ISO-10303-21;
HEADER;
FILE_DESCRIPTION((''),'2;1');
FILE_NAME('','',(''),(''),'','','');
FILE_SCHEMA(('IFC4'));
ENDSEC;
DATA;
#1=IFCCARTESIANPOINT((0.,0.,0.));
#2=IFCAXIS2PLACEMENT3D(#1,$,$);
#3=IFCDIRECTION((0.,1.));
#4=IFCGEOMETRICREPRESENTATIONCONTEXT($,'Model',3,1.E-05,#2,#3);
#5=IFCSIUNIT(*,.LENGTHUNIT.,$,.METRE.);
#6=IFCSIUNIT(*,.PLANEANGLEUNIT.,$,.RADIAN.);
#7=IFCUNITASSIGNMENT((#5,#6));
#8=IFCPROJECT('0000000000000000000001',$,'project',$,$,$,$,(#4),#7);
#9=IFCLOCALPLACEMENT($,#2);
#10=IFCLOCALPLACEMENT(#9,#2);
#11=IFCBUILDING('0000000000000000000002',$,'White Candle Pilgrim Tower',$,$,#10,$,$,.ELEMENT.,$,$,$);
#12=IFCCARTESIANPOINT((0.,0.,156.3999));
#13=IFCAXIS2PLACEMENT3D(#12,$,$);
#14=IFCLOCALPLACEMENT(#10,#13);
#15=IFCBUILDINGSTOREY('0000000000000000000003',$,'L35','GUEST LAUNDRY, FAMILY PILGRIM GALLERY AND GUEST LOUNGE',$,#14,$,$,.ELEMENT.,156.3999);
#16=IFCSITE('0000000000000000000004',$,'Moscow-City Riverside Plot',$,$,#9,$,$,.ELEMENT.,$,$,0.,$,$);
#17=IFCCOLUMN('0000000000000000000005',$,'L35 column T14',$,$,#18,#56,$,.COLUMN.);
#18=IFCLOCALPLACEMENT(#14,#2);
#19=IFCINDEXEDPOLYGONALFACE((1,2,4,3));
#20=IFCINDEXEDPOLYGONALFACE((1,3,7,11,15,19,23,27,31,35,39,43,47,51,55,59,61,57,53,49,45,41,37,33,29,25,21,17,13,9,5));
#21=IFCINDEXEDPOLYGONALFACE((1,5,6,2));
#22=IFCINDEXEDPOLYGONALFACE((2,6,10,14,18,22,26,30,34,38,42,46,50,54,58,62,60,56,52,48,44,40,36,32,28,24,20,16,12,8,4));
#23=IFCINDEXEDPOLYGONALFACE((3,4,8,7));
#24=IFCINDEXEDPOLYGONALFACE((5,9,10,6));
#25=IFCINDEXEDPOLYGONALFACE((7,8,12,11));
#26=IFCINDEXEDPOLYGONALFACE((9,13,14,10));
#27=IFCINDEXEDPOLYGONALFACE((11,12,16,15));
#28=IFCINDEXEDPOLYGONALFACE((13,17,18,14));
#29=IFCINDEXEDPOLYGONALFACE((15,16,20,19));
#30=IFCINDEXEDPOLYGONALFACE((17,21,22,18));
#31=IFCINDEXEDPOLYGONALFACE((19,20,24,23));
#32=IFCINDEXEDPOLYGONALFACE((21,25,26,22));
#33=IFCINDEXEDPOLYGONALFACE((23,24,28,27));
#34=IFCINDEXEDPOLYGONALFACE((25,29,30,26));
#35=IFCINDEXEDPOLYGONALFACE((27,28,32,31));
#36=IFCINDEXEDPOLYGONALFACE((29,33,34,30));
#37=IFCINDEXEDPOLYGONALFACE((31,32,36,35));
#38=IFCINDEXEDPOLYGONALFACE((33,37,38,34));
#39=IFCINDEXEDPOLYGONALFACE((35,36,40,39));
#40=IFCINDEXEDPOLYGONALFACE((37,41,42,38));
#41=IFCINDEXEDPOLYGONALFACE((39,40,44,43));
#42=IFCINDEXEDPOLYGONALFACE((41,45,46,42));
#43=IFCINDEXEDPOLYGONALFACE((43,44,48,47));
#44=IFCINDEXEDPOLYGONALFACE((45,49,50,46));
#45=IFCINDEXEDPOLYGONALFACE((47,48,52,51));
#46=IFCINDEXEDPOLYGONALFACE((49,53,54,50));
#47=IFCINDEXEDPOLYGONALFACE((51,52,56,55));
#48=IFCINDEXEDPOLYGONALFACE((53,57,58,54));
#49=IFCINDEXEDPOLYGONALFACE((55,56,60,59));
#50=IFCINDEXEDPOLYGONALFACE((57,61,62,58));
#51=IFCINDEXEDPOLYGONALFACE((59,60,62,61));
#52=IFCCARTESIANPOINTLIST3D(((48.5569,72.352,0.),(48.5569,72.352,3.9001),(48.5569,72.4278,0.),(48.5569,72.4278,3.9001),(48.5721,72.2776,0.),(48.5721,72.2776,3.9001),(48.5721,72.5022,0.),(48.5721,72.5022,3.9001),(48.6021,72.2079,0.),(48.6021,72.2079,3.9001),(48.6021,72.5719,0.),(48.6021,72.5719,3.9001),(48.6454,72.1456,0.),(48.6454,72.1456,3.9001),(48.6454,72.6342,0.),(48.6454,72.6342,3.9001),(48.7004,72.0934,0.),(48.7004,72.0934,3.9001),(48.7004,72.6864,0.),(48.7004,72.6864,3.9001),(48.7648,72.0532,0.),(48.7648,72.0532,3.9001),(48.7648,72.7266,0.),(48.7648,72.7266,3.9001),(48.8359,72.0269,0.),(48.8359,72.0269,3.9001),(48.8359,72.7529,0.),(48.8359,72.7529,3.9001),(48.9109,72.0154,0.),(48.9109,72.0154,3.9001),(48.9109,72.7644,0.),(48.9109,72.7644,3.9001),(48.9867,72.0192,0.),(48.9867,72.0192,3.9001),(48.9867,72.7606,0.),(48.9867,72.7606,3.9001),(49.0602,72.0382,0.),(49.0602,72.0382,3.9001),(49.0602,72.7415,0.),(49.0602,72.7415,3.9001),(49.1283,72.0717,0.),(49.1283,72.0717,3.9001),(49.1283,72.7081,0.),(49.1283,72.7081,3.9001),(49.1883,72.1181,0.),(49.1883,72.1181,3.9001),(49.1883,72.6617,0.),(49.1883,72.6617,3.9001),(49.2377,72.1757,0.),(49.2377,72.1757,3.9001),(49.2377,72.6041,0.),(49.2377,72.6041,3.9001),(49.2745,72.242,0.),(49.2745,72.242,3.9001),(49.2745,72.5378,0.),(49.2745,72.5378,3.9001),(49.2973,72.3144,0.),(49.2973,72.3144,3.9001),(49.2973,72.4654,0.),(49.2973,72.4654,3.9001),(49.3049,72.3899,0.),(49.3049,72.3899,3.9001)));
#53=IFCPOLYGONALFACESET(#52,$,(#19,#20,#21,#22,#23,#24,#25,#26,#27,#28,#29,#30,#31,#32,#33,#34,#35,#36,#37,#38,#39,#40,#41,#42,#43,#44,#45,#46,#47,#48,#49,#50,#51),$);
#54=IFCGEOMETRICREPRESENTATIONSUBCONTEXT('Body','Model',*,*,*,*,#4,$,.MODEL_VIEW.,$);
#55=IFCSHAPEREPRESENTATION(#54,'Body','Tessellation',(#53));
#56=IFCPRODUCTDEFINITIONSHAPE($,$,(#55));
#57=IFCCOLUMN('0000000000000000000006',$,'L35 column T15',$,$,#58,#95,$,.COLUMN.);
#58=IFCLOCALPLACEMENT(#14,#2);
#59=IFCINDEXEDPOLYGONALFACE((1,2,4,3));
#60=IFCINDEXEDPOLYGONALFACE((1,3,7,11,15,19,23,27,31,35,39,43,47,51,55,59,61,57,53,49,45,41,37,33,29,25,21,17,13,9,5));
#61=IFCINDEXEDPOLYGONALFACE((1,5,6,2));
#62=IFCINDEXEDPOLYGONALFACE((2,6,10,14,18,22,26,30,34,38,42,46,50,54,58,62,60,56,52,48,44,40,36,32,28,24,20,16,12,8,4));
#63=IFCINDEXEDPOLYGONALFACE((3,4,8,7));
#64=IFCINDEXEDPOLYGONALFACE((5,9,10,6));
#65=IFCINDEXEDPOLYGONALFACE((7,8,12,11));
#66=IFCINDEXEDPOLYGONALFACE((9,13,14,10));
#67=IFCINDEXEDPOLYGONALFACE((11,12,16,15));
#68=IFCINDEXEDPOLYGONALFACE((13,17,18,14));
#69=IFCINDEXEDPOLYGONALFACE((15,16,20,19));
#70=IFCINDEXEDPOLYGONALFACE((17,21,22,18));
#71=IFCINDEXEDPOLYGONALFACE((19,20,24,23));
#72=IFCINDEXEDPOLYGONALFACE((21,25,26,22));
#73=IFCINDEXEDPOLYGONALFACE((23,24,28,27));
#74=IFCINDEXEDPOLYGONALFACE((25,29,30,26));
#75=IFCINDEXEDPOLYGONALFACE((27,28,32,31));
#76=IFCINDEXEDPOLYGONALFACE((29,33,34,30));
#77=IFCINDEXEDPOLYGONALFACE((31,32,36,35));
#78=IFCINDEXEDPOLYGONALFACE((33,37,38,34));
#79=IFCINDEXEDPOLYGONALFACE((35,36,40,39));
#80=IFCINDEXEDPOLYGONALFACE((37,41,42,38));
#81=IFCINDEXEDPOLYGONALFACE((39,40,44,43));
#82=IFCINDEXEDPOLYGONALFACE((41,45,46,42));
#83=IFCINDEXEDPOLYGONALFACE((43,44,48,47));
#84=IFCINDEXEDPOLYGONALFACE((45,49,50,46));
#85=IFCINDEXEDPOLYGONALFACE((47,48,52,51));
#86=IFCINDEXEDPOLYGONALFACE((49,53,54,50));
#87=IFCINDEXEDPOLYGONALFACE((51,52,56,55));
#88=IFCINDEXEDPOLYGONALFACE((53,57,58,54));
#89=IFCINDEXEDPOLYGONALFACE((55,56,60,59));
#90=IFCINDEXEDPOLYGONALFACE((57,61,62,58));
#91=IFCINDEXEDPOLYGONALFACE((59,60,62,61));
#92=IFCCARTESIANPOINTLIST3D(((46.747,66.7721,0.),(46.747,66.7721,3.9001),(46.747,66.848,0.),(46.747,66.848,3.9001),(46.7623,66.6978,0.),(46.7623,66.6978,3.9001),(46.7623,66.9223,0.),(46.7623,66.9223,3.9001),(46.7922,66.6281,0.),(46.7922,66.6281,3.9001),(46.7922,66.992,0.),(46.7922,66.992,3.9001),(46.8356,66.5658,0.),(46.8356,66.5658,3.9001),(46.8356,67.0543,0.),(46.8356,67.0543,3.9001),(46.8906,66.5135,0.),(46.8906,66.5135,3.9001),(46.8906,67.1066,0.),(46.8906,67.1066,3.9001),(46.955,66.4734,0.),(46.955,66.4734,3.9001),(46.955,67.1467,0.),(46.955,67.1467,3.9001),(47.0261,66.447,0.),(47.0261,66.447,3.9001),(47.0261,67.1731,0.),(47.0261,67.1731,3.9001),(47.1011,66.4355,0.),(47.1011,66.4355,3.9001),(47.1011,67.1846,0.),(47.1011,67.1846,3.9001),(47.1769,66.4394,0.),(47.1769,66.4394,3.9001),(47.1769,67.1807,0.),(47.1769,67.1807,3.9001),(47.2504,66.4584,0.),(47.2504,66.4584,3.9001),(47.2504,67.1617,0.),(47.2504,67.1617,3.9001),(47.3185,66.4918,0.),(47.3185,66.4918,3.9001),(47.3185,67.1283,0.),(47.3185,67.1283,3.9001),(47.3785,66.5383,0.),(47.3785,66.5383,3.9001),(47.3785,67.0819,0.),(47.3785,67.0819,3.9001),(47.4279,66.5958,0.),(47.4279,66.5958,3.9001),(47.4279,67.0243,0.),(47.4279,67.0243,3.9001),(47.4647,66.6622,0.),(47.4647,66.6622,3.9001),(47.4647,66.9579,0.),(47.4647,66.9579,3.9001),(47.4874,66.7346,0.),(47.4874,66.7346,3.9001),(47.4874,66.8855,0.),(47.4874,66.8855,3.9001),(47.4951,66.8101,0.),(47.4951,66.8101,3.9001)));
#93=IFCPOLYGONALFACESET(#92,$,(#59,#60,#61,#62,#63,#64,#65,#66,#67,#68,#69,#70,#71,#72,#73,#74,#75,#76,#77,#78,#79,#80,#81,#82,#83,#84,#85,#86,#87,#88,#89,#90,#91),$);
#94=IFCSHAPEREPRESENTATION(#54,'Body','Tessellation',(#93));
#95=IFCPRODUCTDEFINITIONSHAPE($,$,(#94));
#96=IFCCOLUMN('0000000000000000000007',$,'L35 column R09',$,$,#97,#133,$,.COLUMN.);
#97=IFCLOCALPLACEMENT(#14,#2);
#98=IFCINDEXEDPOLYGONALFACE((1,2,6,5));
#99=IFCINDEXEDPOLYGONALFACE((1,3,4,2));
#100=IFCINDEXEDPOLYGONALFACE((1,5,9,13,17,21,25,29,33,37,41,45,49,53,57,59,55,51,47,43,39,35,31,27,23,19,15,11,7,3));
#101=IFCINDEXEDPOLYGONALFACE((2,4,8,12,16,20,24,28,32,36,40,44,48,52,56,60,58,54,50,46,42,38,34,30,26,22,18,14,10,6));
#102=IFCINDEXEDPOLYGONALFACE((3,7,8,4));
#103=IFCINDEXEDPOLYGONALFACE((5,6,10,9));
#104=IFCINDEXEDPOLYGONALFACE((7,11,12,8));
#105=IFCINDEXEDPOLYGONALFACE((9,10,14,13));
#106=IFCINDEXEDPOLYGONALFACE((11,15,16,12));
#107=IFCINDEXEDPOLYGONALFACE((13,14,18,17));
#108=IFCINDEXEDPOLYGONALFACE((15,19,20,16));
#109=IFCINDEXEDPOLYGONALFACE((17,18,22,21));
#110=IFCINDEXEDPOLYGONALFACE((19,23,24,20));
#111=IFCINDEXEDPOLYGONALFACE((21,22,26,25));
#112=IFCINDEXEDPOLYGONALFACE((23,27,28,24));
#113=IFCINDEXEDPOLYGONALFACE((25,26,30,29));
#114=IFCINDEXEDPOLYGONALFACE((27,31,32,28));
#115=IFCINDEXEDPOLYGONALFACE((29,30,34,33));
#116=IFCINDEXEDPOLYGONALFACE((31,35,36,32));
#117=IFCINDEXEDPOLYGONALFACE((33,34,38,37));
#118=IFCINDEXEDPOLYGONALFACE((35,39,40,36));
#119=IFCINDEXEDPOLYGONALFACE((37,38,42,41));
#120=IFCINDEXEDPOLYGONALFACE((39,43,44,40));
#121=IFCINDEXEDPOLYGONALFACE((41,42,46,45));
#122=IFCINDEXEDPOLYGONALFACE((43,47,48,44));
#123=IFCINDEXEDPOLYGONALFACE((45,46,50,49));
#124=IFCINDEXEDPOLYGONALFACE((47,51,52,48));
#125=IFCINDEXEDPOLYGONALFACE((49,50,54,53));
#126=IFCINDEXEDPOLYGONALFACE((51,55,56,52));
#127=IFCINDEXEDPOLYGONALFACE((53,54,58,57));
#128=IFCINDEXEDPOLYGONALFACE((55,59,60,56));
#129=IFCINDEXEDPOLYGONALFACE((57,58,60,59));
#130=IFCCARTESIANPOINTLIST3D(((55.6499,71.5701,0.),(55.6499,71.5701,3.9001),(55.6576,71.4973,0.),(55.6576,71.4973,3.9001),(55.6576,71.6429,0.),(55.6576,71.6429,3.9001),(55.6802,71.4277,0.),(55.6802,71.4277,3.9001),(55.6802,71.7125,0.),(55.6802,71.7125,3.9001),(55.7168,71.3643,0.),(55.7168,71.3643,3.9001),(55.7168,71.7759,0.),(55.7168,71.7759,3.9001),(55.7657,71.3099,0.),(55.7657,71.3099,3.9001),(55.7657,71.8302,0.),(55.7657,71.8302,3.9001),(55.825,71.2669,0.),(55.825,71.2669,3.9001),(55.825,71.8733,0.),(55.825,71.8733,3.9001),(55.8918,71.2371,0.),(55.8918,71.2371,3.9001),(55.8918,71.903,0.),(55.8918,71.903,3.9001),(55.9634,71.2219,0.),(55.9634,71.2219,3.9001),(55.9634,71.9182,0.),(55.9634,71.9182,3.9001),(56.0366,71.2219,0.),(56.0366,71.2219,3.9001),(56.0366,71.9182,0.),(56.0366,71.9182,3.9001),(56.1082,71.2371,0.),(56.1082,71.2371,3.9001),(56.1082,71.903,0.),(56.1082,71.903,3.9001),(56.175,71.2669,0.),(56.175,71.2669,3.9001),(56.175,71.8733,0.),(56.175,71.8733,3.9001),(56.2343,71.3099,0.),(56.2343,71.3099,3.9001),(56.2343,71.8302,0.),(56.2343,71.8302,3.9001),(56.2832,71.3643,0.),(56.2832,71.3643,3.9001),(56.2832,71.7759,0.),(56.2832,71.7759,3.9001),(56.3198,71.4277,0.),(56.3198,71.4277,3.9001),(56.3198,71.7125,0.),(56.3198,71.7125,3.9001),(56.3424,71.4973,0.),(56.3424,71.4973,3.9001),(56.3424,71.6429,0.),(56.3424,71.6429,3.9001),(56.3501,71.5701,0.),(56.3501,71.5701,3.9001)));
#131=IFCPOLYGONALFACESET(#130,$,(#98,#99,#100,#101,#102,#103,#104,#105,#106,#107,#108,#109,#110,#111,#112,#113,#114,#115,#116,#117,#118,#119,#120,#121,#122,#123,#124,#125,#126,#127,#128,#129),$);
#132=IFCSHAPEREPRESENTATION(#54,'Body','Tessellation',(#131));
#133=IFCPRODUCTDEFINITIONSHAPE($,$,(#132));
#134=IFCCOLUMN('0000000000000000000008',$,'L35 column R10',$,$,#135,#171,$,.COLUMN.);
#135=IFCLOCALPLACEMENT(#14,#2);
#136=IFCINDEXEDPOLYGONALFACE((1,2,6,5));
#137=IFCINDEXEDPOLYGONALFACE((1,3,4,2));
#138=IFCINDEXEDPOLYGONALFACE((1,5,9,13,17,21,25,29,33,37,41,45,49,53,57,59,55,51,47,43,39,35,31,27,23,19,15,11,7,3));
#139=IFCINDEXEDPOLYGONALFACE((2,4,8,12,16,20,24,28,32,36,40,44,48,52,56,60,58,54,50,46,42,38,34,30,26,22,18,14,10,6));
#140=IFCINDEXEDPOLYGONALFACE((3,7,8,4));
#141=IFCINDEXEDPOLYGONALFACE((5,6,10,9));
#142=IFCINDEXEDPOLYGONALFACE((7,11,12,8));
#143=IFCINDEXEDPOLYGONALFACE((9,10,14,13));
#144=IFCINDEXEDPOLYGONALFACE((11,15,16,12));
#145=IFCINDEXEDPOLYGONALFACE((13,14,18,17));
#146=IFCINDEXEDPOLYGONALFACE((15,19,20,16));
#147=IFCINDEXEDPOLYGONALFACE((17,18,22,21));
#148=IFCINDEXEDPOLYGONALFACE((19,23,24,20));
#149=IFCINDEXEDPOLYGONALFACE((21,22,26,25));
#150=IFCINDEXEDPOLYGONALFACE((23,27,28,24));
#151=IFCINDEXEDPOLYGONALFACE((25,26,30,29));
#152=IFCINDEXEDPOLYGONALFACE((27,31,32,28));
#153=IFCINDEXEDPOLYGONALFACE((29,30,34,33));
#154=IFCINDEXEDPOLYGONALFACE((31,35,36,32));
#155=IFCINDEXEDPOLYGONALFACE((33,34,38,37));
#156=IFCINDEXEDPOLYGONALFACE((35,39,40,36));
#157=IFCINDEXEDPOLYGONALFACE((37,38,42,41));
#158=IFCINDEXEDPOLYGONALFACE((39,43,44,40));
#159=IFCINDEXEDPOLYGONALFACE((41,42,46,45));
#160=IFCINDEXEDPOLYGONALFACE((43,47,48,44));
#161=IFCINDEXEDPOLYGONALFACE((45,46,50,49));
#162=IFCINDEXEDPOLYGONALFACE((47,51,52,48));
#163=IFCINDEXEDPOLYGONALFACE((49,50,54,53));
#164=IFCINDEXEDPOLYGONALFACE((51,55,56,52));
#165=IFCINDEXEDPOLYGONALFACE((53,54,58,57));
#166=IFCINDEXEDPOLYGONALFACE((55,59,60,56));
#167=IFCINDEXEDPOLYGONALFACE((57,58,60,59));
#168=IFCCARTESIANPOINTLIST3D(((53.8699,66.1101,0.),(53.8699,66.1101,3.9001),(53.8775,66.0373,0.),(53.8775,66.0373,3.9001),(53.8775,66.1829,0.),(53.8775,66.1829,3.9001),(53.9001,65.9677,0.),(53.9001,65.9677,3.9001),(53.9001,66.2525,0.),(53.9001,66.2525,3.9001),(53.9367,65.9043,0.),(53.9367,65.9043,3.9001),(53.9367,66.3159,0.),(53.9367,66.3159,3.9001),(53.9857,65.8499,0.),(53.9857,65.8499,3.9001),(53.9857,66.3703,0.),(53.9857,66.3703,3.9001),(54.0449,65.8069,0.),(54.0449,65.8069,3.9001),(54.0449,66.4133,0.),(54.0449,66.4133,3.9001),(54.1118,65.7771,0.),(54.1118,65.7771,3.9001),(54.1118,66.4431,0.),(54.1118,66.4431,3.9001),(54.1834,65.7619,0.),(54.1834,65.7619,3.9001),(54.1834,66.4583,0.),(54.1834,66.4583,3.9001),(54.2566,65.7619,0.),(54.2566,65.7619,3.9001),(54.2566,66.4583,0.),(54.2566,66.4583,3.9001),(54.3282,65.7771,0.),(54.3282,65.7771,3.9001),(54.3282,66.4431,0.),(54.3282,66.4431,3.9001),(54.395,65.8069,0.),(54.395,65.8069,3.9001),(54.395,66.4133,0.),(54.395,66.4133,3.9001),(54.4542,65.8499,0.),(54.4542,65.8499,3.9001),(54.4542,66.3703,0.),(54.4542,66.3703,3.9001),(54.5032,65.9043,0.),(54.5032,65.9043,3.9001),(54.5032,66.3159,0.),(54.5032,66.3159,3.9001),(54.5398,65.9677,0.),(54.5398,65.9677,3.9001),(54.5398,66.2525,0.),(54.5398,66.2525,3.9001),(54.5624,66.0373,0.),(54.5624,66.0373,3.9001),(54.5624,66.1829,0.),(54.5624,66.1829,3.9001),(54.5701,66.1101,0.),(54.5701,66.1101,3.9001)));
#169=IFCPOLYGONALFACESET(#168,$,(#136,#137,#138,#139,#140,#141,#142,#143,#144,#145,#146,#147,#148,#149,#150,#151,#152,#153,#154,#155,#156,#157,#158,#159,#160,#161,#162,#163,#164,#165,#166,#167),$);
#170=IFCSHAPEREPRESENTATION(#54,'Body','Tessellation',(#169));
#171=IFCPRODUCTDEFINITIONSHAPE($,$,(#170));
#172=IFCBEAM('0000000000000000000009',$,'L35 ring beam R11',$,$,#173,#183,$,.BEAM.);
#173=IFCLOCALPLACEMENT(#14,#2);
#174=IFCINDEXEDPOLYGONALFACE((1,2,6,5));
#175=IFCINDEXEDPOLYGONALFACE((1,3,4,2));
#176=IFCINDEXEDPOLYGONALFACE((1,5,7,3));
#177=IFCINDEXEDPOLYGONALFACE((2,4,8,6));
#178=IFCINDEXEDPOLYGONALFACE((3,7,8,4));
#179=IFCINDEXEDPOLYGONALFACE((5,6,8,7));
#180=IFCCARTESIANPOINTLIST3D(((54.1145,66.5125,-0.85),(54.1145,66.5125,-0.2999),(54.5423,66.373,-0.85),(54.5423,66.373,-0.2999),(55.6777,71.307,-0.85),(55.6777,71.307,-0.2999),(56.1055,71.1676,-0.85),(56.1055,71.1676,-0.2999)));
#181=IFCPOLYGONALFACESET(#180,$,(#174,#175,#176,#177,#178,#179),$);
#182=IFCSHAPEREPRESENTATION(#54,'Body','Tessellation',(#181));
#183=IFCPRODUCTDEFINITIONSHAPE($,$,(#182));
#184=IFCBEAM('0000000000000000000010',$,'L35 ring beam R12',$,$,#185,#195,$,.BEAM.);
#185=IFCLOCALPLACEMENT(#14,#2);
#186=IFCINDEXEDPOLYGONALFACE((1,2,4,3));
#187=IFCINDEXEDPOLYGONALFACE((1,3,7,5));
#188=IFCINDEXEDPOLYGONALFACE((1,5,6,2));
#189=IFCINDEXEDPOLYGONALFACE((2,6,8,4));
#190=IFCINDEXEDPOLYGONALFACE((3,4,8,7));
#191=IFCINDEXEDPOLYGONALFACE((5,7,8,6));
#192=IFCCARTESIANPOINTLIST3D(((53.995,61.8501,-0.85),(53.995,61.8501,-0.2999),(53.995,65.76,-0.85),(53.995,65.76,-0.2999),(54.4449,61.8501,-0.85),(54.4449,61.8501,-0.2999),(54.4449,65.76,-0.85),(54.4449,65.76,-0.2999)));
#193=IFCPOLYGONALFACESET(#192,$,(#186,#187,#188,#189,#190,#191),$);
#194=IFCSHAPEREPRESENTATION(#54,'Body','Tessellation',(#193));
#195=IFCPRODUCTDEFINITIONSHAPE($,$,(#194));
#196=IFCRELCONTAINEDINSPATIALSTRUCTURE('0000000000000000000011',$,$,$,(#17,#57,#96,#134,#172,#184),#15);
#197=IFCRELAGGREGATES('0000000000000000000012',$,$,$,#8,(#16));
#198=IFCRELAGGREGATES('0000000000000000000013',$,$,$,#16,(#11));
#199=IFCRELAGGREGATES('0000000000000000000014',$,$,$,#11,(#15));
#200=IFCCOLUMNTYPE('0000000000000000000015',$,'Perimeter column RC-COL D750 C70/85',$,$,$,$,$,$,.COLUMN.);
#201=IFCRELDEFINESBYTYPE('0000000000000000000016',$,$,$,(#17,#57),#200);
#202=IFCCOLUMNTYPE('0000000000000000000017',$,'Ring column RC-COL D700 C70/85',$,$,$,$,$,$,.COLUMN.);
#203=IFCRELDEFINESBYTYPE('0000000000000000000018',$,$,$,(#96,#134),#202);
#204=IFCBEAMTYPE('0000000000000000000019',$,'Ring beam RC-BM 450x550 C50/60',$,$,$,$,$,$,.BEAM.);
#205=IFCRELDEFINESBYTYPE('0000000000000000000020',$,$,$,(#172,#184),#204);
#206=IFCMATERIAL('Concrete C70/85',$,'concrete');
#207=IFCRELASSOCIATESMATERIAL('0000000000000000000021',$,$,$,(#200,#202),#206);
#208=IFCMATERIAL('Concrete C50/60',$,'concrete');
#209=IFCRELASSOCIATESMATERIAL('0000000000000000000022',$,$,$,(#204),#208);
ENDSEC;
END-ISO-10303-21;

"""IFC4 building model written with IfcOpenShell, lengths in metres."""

from ifc_helpers import new_model, si_unit, direction, frame, origin, origin_2d, place, context, subcontext, project, spatial, rectangle, circle, extrude, material, material_profile, profile_set, type_object, element, save


model = new_model("IFC4")

# Units and contexts
model_context = context("Model", 3, precision=1e-05, world=origin(), true_north=direction((0.0, 1.0)))
body_context = subcontext(model_context, "Body", "Model", "MODEL_VIEW")
ifc_project = project(units=[si_unit("LENGTHUNIT", "METRE"), si_unit("PLANEANGLEUNIT", "RADIAN")], contexts=[model_context])

# Site, building, storey
site_placement = place(None, origin())
site = spatial("IfcSite", under=ifc_project, at=site_placement, Name="Moscow-City Riverside Plot", CompositionType="ELEMENT", RefElevation=0.0)
building_placement = place(site_placement, origin())
building = spatial("IfcBuilding", under=site, at=building_placement, Name="White Candle Pilgrim Tower", CompositionType="ELEMENT")
storey_placement = place(building_placement, frame((0.0, 0.0, 156.3999)))
storey = spatial("IfcBuildingStorey", under=building, at=storey_placement, Name="L35", Description="GUEST LAUNDRY, FAMILY PILGRIM GALLERY AND GUEST LOUNGE", CompositionType="ELEMENT", Elevation=156.3999)

# Columns
ifc_material_1 = material(Name="Concrete C70/85", Category="concrete")
ifc_material_profile_1 = material_profile(ifc_material_1, circle(Radius=0.375, at=origin_2d()), Name="RC-COL D750")
ifc_profile_set_1 = profile_set([ifc_material_profile_1], Name="Concrete C70/85")
column_type_1 = type_object("IfcColumnType", Name="Perimeter column RC-COL D750 C70/85", PredefinedType="COLUMN", material=ifc_profile_set_1)
for number, where, z_axis, x_axis, name in (
    (1, (48.9299, 72.3899, 0.0), (0.0, 0.0, 1.0), (1.0, 0.0, 0.0), "L35 column T14"),
    (2, (47.1201, 66.8101, 0.0), (0.0, 0.0, 1.0), (1.0, 0.0, 0.0), "L35 column T15"),
):
    element("IfcColumn", number, at=place(storey_placement, frame(where, z_axis=z_axis, x_axis=x_axis)), inside=storey, type_object=column_type_1, Name=name, PredefinedType="COLUMN", context=body_context, shape_type="SweptSolid", body=[
        extrude(circle(Radius=0.375, at=origin_2d()), origin(), (0.0, 0.0, 1.0), 3.9001),
    ])
ifc_material_profile_2 = material_profile(ifc_material_1, circle(Radius=0.3501, at=origin_2d()), Name="RC-COL D700")
ifc_profile_set_2 = profile_set([ifc_material_profile_2], Name="Concrete C70/85")
column_type_2 = type_object("IfcColumnType", Name="Ring column RC-COL D700 C70/85", PredefinedType="COLUMN", material=ifc_profile_set_2)
for number, where, z_axis, x_axis, name in (
    (3, (56.0, 71.5701, 0.0), (0.0, 0.0, 1.0), (1.0, 0.0, 0.0), "L35 column R09"),
    (4, (54.22, 66.1101, 0.0), (0.0, 0.0, 1.0), (1.0, 0.0, 0.0), "L35 column R10"),
):
    element("IfcColumn", number, at=place(storey_placement, frame(where, z_axis=z_axis, x_axis=x_axis)), inside=storey, type_object=column_type_2, Name=name, PredefinedType="COLUMN", context=body_context, shape_type="SweptSolid", body=[
        extrude(circle(Radius=0.3501, at=origin_2d()), origin(), (0.0, 0.0, 1.0), 3.9001),
    ])

# Beams
ifc_material_2 = material(Name="Concrete C50/60", Category="concrete")
ifc_material_profile_3 = material_profile(ifc_material_2, rectangle(XDim=0.45, YDim=0.55, at=origin_2d()), Name="RC-BM 450x550")
ifc_profile_set_3 = profile_set([ifc_material_profile_3], Name="Concrete C50/60")
beam_type_1 = type_object("IfcBeamType", Name="Ring beam RC-BM 450x550 C50/60", PredefinedType="BEAM", material=ifc_profile_set_3)
beam_1_placement = place(storey_placement, frame((55.8916, 71.2373, -0.575), z_axis=(-0.309976, -0.950744, 0.0), x_axis=(0.950744, -0.309976, 0.0)))
element("IfcBeam", 5, at=beam_1_placement, inside=storey, type_object=beam_type_1, Name="L35 ring beam R11", PredefinedType="BEAM", context=body_context, shape_type="SweptSolid", body=[
    extrude(rectangle(XDim=0.45, YDim=0.55, at=origin_2d()), origin(), (0.0, 0.0, 1.0), 5.043),
])
beam_2_placement = place(storey_placement, frame((54.22, 65.76, -0.575), z_axis=(0.0, -1.0, 0.0), x_axis=(1.0, 0.0, 0.0)))
element("IfcBeam", 6, at=beam_2_placement, inside=storey, type_object=beam_type_1, Name="L35 ring beam R12", PredefinedType="BEAM", context=body_context, shape_type="SweptSolid", body=[
    extrude(rectangle(XDim=0.45, YDim=0.55, at=origin_2d()), origin(), (0.0, 0.0, 1.0), 3.9099),
])

save(model, "model.ifc")
